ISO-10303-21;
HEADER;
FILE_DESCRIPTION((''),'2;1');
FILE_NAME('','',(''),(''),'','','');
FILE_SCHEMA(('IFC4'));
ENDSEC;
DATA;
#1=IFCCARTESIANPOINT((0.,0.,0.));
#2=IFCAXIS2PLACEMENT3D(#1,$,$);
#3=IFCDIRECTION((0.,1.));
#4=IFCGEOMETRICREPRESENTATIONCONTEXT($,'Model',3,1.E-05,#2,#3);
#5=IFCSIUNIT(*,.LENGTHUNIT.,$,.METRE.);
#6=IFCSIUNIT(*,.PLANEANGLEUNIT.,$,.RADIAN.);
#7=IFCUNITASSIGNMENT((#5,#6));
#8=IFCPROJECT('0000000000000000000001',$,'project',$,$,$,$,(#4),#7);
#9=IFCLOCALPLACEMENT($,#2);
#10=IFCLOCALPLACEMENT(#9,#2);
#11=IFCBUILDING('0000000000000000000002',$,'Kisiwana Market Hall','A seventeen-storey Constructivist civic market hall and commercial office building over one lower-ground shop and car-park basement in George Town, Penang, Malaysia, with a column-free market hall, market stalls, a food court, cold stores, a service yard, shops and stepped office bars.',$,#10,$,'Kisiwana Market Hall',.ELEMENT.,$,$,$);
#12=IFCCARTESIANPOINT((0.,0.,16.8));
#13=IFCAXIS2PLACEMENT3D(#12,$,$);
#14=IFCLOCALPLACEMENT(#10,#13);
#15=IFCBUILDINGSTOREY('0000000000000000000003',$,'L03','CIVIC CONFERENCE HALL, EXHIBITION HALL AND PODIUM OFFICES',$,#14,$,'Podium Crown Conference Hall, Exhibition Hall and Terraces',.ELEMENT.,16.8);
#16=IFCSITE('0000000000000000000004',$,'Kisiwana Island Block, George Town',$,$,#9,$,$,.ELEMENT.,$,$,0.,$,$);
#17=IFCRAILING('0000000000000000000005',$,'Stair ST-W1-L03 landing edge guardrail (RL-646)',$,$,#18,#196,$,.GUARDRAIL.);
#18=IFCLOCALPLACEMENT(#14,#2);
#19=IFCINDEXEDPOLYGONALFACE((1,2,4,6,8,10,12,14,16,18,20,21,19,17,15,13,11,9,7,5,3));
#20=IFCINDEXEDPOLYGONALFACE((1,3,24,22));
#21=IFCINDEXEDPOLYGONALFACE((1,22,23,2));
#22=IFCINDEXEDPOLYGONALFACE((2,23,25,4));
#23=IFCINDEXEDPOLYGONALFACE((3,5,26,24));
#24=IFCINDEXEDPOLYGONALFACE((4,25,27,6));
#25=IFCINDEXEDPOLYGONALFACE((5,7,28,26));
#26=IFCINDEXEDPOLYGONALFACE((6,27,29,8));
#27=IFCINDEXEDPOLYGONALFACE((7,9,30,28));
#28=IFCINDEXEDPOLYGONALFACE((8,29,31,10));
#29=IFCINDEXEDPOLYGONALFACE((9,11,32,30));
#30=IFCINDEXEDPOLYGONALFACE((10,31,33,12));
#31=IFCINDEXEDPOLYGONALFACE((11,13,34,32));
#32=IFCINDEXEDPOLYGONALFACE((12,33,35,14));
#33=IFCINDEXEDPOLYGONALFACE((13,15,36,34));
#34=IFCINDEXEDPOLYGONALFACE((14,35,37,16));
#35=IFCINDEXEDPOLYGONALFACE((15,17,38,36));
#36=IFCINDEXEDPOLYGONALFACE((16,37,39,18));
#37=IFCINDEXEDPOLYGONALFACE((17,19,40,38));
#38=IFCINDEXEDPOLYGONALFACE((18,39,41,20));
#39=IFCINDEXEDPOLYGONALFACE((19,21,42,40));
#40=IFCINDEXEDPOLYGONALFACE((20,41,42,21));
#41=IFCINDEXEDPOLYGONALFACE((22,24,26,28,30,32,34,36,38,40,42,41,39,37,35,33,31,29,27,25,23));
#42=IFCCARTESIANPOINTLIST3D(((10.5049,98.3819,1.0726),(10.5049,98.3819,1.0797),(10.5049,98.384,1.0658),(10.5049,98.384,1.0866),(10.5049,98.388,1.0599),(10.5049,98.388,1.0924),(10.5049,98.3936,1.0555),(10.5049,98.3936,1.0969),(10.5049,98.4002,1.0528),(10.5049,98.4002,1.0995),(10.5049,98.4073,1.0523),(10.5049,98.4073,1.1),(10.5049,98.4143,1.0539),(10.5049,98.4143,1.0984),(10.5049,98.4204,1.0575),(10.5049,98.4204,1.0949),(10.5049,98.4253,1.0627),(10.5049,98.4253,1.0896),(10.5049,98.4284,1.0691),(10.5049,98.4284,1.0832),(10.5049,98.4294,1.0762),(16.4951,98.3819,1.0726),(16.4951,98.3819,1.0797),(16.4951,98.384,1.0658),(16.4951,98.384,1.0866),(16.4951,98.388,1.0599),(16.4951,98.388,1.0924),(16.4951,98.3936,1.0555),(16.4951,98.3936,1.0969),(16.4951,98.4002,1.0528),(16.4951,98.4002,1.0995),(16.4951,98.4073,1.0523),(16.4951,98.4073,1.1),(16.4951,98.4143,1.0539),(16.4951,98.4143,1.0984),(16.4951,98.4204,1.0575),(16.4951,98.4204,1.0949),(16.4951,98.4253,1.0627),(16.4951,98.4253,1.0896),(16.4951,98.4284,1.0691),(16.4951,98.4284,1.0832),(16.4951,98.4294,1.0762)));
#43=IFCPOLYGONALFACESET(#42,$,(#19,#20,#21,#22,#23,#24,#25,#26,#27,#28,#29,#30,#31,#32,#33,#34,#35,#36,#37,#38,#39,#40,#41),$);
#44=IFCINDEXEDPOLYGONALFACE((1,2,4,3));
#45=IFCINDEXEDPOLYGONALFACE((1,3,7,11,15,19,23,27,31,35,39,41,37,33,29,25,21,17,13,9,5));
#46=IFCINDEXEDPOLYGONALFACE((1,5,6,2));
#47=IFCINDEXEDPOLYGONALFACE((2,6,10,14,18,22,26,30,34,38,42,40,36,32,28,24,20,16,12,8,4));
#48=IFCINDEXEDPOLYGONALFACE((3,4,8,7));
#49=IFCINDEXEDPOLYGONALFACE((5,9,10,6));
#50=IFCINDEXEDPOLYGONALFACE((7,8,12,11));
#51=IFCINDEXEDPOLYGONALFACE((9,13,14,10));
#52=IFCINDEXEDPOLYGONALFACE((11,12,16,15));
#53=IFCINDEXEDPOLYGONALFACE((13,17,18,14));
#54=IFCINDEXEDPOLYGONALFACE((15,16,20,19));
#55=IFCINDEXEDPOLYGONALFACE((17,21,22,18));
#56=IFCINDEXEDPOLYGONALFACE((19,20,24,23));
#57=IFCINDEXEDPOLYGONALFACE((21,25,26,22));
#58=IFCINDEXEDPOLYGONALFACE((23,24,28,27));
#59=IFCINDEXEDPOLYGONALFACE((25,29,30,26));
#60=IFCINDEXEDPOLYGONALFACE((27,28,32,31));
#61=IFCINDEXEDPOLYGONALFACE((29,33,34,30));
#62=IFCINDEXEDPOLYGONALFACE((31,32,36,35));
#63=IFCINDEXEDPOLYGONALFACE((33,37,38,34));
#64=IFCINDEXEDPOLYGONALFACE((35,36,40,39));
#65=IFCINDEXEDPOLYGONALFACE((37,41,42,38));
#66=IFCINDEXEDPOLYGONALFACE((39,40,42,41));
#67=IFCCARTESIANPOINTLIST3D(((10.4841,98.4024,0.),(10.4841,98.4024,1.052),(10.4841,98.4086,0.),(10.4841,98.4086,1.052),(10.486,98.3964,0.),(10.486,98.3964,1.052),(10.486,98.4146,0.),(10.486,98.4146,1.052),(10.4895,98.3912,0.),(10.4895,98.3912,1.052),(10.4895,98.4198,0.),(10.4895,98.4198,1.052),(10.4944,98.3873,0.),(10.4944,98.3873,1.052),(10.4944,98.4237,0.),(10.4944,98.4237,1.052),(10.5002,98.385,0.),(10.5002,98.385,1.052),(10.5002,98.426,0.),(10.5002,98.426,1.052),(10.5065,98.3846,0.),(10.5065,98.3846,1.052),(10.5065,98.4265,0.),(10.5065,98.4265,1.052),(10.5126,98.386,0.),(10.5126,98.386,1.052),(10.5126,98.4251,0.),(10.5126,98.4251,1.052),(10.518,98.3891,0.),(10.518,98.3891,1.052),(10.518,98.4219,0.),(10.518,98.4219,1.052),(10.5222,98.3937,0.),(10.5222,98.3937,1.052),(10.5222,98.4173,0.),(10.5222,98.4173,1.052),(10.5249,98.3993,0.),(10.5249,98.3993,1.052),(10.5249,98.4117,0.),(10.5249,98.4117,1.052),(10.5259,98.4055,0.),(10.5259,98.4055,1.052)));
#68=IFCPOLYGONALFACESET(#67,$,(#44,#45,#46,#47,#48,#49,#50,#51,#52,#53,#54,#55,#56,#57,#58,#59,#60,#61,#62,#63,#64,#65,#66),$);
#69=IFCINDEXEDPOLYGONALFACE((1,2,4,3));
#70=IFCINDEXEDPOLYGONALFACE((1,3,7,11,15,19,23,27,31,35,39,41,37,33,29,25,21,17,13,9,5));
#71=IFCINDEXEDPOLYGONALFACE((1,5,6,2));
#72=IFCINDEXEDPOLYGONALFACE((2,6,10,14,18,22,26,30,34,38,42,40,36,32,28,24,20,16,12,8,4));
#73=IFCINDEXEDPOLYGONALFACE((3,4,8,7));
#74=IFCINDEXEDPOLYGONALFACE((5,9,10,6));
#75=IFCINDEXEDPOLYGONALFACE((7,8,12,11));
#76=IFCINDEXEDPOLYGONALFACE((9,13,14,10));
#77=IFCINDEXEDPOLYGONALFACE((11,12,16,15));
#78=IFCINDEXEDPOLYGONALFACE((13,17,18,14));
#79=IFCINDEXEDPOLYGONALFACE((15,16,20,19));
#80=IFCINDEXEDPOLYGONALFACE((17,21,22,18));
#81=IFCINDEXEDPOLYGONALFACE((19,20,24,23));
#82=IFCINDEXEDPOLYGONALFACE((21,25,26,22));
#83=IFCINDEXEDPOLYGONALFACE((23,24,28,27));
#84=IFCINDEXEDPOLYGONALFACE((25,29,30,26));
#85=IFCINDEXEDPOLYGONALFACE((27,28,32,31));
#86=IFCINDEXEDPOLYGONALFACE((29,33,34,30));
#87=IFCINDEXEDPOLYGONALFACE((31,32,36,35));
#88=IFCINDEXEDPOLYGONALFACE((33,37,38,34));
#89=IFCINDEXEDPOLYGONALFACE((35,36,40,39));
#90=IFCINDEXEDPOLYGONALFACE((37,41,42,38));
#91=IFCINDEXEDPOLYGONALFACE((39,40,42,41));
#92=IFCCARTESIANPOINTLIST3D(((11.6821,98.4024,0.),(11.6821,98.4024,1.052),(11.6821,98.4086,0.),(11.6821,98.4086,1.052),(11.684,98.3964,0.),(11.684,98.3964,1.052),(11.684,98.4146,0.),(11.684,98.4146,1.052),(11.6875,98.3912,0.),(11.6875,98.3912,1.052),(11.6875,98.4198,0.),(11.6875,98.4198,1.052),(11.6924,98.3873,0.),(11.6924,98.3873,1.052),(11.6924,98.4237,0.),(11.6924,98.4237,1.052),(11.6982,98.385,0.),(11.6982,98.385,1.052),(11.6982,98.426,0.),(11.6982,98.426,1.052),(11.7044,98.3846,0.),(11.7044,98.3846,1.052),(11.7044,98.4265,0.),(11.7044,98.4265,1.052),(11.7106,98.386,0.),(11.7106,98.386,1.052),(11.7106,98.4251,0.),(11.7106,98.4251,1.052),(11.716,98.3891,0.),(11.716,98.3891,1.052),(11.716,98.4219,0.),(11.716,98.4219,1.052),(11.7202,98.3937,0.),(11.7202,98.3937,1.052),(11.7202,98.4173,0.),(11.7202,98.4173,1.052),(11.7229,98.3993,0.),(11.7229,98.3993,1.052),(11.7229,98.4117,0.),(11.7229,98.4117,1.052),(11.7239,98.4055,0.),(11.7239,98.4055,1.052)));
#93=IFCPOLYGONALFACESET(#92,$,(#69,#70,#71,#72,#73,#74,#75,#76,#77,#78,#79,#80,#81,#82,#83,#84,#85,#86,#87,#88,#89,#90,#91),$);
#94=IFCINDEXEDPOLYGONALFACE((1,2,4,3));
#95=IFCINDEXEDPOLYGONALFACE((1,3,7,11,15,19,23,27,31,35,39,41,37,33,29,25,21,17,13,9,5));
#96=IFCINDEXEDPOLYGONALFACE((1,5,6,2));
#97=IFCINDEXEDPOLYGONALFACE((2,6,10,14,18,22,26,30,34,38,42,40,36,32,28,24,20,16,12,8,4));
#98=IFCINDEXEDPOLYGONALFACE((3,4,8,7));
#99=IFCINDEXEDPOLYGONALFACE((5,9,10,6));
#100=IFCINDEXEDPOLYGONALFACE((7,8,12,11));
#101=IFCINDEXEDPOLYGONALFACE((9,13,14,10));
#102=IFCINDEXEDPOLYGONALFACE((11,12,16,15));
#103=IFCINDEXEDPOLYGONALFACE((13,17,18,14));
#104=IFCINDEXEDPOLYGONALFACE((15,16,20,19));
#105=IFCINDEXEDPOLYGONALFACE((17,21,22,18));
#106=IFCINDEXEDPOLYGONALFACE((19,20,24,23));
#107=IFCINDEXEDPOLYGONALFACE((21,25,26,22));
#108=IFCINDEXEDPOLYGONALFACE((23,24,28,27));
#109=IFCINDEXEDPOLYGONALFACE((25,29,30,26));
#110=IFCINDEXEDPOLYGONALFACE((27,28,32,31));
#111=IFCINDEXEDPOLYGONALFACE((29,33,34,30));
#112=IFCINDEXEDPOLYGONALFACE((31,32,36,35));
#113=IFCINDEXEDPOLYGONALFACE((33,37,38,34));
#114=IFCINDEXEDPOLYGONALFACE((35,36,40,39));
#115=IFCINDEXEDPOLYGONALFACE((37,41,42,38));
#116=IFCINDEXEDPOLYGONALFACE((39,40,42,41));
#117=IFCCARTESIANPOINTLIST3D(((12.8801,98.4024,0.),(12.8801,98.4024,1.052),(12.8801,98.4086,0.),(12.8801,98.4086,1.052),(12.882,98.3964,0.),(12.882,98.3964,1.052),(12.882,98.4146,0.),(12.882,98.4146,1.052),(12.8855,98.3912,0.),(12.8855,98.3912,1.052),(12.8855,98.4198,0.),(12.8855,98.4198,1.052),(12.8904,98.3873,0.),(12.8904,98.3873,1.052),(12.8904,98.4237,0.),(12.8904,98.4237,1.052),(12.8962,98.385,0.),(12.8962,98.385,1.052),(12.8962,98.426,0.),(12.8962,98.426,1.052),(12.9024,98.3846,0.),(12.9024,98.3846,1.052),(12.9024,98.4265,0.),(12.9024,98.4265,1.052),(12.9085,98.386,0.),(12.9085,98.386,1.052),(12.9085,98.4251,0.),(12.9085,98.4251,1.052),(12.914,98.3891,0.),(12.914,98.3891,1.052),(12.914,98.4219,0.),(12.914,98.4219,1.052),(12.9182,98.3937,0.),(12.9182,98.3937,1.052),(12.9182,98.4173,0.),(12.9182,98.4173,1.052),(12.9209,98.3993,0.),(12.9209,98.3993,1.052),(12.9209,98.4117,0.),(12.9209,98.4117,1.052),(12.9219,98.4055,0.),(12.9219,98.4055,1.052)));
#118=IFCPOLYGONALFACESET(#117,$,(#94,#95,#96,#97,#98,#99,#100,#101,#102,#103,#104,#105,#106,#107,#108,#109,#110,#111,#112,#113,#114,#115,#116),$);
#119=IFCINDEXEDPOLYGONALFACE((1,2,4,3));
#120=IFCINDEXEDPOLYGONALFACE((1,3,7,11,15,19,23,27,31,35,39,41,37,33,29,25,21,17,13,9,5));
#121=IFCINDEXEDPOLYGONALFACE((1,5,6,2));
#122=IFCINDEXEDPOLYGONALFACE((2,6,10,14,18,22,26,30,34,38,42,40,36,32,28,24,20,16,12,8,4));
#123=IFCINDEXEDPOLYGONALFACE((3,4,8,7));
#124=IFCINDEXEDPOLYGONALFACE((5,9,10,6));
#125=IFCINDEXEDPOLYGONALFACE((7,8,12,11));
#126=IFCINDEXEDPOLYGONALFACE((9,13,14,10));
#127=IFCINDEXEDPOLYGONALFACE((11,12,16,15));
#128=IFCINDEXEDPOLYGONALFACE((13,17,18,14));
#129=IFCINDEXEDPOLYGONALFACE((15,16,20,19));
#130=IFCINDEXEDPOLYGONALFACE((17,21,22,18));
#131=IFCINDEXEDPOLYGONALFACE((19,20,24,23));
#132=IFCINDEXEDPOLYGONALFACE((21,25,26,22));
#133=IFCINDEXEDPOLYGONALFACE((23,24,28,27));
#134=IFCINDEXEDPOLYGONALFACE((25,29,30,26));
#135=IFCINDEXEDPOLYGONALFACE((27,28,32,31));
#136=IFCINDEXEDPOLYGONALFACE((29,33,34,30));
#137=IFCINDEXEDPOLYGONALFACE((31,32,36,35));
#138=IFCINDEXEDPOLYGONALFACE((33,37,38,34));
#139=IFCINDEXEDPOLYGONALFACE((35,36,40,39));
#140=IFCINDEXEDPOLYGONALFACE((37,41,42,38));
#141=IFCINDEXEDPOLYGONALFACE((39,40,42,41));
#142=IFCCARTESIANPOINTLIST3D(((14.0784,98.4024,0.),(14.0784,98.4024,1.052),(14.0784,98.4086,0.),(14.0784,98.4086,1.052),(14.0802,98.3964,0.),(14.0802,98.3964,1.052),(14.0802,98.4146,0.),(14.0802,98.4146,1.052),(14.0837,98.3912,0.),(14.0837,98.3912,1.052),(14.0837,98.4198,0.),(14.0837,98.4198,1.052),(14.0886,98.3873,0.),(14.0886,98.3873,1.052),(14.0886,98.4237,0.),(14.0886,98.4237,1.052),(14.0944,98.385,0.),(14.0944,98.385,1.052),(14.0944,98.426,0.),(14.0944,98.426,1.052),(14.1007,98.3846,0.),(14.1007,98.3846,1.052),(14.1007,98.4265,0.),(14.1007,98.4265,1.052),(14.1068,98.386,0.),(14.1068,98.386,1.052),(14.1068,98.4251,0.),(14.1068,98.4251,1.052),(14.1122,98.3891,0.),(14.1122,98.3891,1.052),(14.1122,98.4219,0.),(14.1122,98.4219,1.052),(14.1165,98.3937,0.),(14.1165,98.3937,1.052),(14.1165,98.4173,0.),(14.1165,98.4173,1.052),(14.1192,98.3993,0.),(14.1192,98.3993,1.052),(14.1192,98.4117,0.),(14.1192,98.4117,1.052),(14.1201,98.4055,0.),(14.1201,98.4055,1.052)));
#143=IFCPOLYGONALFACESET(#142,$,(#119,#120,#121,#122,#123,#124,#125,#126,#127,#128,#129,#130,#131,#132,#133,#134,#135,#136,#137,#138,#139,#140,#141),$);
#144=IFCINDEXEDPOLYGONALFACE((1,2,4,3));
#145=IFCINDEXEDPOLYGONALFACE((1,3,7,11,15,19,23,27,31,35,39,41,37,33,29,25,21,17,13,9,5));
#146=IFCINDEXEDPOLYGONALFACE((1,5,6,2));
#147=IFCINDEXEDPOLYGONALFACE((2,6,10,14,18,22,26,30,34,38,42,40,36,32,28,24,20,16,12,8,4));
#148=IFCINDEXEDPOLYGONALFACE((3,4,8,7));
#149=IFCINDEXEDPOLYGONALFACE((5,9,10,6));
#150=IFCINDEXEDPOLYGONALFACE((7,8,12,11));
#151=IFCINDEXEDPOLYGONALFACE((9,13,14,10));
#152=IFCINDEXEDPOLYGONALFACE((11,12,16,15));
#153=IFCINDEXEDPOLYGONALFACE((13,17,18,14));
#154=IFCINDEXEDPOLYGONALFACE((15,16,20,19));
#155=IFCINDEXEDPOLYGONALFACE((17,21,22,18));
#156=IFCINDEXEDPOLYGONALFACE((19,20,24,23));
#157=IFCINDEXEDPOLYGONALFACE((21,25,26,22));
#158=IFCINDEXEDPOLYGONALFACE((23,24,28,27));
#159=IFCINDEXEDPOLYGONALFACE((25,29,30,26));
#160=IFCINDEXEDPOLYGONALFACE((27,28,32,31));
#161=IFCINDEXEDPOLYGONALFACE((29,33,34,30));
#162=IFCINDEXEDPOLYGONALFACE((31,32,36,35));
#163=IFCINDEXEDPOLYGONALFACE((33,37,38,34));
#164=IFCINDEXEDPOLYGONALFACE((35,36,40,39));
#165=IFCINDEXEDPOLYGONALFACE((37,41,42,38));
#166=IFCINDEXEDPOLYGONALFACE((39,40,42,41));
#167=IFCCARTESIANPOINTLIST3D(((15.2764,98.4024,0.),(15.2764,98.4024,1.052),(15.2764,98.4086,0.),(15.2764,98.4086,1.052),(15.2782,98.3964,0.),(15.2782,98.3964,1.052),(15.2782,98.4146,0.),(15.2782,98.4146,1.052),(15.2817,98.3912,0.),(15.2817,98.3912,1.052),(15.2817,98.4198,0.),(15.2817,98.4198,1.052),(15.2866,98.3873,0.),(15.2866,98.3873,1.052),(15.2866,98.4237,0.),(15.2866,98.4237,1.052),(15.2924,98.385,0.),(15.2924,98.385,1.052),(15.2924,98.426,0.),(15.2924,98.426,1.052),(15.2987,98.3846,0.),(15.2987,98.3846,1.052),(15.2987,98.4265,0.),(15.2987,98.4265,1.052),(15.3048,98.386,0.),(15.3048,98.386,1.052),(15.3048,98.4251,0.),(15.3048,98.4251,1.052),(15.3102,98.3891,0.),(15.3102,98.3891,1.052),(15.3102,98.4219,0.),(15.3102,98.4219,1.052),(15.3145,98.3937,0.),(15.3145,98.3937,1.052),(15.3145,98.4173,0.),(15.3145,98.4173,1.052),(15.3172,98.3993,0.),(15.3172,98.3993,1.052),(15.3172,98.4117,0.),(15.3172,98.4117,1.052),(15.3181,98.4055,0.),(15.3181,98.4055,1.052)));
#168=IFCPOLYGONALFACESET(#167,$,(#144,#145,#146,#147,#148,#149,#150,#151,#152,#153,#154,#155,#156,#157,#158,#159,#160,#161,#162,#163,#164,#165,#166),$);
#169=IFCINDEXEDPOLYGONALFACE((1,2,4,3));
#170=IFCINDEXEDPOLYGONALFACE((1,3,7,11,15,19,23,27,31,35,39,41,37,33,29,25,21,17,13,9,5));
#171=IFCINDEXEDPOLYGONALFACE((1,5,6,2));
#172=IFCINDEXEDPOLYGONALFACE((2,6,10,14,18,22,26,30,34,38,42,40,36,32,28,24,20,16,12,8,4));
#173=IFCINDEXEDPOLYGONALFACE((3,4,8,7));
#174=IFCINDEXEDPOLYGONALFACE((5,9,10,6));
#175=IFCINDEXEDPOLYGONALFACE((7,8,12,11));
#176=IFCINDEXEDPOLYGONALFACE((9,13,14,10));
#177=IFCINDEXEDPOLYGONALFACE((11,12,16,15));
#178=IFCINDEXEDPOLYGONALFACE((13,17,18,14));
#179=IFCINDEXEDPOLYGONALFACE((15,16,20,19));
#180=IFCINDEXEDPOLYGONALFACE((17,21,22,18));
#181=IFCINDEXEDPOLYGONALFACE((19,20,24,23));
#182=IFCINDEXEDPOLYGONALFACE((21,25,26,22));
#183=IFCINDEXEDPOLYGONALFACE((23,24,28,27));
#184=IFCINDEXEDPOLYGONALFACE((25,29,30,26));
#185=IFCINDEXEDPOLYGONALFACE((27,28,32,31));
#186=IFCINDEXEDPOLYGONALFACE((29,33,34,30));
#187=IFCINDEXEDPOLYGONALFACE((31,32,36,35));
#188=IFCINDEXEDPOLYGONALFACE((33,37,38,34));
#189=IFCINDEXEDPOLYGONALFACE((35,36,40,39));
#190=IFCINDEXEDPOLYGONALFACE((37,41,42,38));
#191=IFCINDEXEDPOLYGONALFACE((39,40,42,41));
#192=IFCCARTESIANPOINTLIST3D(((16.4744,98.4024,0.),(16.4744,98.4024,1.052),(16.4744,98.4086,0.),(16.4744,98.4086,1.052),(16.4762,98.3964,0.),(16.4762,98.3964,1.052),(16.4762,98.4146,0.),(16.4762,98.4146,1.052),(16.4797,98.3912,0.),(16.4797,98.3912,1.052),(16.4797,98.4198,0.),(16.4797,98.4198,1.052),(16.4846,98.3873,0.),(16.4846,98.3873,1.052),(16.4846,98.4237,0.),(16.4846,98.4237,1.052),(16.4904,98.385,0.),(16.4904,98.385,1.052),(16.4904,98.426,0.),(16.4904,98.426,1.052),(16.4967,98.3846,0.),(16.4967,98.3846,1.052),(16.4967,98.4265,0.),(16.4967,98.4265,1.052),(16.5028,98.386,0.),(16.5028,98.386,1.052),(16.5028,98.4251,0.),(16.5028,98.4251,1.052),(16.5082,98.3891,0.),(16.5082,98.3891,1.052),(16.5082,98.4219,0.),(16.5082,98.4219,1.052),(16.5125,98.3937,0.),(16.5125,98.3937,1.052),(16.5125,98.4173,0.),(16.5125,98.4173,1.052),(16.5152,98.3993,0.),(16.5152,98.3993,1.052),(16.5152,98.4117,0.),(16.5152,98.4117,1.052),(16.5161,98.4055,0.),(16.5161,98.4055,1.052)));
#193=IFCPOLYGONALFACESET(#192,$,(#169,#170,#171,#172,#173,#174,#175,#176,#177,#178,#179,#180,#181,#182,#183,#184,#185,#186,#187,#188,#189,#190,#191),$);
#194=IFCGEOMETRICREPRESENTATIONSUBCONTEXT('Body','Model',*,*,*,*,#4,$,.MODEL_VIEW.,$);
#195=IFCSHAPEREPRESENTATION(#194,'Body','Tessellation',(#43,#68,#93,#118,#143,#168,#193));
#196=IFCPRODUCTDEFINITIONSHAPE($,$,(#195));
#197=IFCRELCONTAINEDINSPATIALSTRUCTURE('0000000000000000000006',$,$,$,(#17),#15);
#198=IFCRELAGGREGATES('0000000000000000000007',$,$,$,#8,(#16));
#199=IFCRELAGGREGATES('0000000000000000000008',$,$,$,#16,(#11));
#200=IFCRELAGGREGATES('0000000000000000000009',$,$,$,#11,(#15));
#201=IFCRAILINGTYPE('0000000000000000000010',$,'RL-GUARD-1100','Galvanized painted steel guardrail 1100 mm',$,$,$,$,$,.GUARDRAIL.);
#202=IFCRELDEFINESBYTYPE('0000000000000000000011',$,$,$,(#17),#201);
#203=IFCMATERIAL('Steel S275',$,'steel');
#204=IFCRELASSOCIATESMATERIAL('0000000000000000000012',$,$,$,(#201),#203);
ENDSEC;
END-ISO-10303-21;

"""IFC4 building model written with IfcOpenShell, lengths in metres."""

from ifc_helpers import new_model, si_unit, direction, frame, origin, origin_2d, place, context, subcontext, project, spatial, circle, extrude, material, type_object, element, save


model = new_model("IFC4")

# Units and contexts
model_context = context("Model", 3, precision=1e-05, world=origin(), true_north=direction((0.0, 1.0)))
body_context = subcontext(model_context, "Body", "Model", "MODEL_VIEW")
ifc_project = project(units=[si_unit("LENGTHUNIT", "METRE"), si_unit("PLANEANGLEUNIT", "RADIAN")], contexts=[model_context])

# Site, building, storey
site_placement = place(None, origin())
site = spatial("IfcSite", under=ifc_project, at=site_placement, Name="Kisiwana Island Block, George Town", CompositionType="ELEMENT", RefElevation=0.0)
building_placement = place(site_placement, origin())
building = spatial("IfcBuilding", under=site, at=building_placement, Name="Kisiwana Market Hall", Description="A seventeen-storey Constructivist civic market hall and commercial office building over one lower-ground shop and car-park basement in George Town, Penang, Malaysia, with a column-free market hall, market stalls, a food court, cold stores, a service yard, shops and stepped office bars.", LongName="Kisiwana Market Hall", CompositionType="ELEMENT")
storey_placement = place(building_placement, frame((0.0, 0.0, 16.8)))
storey = spatial("IfcBuildingStorey", under=building, at=storey_placement, Name="L03", Description="CIVIC CONFERENCE HALL, EXHIBITION HALL AND PODIUM OFFICES", LongName="Podium Crown Conference Hall, Exhibition Hall and Terraces", CompositionType="ELEMENT", Elevation=16.8)

# Railing
ifc_material_1 = material(Name="Steel S275", Category="steel")
railing_type_1 = type_object("IfcRailingType", Name="RL-GUARD-1100", Description="Galvanized painted steel guardrail 1100 mm", PredefinedType="GUARDRAIL", material=ifc_material_1)
railing_1_placement = place(storey_placement, frame((10.5049, 98.4055, 0.0)))
element("IfcRailing", 1, at=railing_1_placement, inside=storey, type_object=railing_type_1, Name="Stair ST-W1-L03 landing edge guardrail (RL-646)", PredefinedType="GUARDRAIL", context=body_context, shape_type="SweptSolid", body=[
    extrude(circle(Radius=0.0239, at=origin_2d()), frame((0.0, 0.0, 1.0762), z_axis=(1.0, 0.0, 0.0), x_axis=(0.0, 1.0, 0.0)), (0.0, 0.0, 1.0), 5.9902),
    extrude(circle(Radius=0.021, at=origin_2d()), origin(), (0.0, 0.0, 1.0), 1.052),
    extrude(circle(Radius=0.021, at=origin_2d()), frame((1.198, 0.0, 0.0)), (0.0, 0.0, 1.0), 1.052),
    extrude(circle(Radius=0.021, at=origin_2d()), frame((2.396, 0.0, 0.0)), (0.0, 0.0, 1.0), 1.052),
    extrude(circle(Radius=0.021, at=origin_2d()), frame((3.5942, 0.0, 0.0)), (0.0, 0.0, 1.0), 1.052),
    extrude(circle(Radius=0.021, at=origin_2d()), frame((4.7922, 0.0, 0.0)), (0.0, 0.0, 1.0), 1.052),
    extrude(circle(Radius=0.021, at=origin_2d()), frame((5.9902, 0.0, 0.0)), (0.0, 0.0, 1.0), 1.052),
])

save(model, "model.ifc")
